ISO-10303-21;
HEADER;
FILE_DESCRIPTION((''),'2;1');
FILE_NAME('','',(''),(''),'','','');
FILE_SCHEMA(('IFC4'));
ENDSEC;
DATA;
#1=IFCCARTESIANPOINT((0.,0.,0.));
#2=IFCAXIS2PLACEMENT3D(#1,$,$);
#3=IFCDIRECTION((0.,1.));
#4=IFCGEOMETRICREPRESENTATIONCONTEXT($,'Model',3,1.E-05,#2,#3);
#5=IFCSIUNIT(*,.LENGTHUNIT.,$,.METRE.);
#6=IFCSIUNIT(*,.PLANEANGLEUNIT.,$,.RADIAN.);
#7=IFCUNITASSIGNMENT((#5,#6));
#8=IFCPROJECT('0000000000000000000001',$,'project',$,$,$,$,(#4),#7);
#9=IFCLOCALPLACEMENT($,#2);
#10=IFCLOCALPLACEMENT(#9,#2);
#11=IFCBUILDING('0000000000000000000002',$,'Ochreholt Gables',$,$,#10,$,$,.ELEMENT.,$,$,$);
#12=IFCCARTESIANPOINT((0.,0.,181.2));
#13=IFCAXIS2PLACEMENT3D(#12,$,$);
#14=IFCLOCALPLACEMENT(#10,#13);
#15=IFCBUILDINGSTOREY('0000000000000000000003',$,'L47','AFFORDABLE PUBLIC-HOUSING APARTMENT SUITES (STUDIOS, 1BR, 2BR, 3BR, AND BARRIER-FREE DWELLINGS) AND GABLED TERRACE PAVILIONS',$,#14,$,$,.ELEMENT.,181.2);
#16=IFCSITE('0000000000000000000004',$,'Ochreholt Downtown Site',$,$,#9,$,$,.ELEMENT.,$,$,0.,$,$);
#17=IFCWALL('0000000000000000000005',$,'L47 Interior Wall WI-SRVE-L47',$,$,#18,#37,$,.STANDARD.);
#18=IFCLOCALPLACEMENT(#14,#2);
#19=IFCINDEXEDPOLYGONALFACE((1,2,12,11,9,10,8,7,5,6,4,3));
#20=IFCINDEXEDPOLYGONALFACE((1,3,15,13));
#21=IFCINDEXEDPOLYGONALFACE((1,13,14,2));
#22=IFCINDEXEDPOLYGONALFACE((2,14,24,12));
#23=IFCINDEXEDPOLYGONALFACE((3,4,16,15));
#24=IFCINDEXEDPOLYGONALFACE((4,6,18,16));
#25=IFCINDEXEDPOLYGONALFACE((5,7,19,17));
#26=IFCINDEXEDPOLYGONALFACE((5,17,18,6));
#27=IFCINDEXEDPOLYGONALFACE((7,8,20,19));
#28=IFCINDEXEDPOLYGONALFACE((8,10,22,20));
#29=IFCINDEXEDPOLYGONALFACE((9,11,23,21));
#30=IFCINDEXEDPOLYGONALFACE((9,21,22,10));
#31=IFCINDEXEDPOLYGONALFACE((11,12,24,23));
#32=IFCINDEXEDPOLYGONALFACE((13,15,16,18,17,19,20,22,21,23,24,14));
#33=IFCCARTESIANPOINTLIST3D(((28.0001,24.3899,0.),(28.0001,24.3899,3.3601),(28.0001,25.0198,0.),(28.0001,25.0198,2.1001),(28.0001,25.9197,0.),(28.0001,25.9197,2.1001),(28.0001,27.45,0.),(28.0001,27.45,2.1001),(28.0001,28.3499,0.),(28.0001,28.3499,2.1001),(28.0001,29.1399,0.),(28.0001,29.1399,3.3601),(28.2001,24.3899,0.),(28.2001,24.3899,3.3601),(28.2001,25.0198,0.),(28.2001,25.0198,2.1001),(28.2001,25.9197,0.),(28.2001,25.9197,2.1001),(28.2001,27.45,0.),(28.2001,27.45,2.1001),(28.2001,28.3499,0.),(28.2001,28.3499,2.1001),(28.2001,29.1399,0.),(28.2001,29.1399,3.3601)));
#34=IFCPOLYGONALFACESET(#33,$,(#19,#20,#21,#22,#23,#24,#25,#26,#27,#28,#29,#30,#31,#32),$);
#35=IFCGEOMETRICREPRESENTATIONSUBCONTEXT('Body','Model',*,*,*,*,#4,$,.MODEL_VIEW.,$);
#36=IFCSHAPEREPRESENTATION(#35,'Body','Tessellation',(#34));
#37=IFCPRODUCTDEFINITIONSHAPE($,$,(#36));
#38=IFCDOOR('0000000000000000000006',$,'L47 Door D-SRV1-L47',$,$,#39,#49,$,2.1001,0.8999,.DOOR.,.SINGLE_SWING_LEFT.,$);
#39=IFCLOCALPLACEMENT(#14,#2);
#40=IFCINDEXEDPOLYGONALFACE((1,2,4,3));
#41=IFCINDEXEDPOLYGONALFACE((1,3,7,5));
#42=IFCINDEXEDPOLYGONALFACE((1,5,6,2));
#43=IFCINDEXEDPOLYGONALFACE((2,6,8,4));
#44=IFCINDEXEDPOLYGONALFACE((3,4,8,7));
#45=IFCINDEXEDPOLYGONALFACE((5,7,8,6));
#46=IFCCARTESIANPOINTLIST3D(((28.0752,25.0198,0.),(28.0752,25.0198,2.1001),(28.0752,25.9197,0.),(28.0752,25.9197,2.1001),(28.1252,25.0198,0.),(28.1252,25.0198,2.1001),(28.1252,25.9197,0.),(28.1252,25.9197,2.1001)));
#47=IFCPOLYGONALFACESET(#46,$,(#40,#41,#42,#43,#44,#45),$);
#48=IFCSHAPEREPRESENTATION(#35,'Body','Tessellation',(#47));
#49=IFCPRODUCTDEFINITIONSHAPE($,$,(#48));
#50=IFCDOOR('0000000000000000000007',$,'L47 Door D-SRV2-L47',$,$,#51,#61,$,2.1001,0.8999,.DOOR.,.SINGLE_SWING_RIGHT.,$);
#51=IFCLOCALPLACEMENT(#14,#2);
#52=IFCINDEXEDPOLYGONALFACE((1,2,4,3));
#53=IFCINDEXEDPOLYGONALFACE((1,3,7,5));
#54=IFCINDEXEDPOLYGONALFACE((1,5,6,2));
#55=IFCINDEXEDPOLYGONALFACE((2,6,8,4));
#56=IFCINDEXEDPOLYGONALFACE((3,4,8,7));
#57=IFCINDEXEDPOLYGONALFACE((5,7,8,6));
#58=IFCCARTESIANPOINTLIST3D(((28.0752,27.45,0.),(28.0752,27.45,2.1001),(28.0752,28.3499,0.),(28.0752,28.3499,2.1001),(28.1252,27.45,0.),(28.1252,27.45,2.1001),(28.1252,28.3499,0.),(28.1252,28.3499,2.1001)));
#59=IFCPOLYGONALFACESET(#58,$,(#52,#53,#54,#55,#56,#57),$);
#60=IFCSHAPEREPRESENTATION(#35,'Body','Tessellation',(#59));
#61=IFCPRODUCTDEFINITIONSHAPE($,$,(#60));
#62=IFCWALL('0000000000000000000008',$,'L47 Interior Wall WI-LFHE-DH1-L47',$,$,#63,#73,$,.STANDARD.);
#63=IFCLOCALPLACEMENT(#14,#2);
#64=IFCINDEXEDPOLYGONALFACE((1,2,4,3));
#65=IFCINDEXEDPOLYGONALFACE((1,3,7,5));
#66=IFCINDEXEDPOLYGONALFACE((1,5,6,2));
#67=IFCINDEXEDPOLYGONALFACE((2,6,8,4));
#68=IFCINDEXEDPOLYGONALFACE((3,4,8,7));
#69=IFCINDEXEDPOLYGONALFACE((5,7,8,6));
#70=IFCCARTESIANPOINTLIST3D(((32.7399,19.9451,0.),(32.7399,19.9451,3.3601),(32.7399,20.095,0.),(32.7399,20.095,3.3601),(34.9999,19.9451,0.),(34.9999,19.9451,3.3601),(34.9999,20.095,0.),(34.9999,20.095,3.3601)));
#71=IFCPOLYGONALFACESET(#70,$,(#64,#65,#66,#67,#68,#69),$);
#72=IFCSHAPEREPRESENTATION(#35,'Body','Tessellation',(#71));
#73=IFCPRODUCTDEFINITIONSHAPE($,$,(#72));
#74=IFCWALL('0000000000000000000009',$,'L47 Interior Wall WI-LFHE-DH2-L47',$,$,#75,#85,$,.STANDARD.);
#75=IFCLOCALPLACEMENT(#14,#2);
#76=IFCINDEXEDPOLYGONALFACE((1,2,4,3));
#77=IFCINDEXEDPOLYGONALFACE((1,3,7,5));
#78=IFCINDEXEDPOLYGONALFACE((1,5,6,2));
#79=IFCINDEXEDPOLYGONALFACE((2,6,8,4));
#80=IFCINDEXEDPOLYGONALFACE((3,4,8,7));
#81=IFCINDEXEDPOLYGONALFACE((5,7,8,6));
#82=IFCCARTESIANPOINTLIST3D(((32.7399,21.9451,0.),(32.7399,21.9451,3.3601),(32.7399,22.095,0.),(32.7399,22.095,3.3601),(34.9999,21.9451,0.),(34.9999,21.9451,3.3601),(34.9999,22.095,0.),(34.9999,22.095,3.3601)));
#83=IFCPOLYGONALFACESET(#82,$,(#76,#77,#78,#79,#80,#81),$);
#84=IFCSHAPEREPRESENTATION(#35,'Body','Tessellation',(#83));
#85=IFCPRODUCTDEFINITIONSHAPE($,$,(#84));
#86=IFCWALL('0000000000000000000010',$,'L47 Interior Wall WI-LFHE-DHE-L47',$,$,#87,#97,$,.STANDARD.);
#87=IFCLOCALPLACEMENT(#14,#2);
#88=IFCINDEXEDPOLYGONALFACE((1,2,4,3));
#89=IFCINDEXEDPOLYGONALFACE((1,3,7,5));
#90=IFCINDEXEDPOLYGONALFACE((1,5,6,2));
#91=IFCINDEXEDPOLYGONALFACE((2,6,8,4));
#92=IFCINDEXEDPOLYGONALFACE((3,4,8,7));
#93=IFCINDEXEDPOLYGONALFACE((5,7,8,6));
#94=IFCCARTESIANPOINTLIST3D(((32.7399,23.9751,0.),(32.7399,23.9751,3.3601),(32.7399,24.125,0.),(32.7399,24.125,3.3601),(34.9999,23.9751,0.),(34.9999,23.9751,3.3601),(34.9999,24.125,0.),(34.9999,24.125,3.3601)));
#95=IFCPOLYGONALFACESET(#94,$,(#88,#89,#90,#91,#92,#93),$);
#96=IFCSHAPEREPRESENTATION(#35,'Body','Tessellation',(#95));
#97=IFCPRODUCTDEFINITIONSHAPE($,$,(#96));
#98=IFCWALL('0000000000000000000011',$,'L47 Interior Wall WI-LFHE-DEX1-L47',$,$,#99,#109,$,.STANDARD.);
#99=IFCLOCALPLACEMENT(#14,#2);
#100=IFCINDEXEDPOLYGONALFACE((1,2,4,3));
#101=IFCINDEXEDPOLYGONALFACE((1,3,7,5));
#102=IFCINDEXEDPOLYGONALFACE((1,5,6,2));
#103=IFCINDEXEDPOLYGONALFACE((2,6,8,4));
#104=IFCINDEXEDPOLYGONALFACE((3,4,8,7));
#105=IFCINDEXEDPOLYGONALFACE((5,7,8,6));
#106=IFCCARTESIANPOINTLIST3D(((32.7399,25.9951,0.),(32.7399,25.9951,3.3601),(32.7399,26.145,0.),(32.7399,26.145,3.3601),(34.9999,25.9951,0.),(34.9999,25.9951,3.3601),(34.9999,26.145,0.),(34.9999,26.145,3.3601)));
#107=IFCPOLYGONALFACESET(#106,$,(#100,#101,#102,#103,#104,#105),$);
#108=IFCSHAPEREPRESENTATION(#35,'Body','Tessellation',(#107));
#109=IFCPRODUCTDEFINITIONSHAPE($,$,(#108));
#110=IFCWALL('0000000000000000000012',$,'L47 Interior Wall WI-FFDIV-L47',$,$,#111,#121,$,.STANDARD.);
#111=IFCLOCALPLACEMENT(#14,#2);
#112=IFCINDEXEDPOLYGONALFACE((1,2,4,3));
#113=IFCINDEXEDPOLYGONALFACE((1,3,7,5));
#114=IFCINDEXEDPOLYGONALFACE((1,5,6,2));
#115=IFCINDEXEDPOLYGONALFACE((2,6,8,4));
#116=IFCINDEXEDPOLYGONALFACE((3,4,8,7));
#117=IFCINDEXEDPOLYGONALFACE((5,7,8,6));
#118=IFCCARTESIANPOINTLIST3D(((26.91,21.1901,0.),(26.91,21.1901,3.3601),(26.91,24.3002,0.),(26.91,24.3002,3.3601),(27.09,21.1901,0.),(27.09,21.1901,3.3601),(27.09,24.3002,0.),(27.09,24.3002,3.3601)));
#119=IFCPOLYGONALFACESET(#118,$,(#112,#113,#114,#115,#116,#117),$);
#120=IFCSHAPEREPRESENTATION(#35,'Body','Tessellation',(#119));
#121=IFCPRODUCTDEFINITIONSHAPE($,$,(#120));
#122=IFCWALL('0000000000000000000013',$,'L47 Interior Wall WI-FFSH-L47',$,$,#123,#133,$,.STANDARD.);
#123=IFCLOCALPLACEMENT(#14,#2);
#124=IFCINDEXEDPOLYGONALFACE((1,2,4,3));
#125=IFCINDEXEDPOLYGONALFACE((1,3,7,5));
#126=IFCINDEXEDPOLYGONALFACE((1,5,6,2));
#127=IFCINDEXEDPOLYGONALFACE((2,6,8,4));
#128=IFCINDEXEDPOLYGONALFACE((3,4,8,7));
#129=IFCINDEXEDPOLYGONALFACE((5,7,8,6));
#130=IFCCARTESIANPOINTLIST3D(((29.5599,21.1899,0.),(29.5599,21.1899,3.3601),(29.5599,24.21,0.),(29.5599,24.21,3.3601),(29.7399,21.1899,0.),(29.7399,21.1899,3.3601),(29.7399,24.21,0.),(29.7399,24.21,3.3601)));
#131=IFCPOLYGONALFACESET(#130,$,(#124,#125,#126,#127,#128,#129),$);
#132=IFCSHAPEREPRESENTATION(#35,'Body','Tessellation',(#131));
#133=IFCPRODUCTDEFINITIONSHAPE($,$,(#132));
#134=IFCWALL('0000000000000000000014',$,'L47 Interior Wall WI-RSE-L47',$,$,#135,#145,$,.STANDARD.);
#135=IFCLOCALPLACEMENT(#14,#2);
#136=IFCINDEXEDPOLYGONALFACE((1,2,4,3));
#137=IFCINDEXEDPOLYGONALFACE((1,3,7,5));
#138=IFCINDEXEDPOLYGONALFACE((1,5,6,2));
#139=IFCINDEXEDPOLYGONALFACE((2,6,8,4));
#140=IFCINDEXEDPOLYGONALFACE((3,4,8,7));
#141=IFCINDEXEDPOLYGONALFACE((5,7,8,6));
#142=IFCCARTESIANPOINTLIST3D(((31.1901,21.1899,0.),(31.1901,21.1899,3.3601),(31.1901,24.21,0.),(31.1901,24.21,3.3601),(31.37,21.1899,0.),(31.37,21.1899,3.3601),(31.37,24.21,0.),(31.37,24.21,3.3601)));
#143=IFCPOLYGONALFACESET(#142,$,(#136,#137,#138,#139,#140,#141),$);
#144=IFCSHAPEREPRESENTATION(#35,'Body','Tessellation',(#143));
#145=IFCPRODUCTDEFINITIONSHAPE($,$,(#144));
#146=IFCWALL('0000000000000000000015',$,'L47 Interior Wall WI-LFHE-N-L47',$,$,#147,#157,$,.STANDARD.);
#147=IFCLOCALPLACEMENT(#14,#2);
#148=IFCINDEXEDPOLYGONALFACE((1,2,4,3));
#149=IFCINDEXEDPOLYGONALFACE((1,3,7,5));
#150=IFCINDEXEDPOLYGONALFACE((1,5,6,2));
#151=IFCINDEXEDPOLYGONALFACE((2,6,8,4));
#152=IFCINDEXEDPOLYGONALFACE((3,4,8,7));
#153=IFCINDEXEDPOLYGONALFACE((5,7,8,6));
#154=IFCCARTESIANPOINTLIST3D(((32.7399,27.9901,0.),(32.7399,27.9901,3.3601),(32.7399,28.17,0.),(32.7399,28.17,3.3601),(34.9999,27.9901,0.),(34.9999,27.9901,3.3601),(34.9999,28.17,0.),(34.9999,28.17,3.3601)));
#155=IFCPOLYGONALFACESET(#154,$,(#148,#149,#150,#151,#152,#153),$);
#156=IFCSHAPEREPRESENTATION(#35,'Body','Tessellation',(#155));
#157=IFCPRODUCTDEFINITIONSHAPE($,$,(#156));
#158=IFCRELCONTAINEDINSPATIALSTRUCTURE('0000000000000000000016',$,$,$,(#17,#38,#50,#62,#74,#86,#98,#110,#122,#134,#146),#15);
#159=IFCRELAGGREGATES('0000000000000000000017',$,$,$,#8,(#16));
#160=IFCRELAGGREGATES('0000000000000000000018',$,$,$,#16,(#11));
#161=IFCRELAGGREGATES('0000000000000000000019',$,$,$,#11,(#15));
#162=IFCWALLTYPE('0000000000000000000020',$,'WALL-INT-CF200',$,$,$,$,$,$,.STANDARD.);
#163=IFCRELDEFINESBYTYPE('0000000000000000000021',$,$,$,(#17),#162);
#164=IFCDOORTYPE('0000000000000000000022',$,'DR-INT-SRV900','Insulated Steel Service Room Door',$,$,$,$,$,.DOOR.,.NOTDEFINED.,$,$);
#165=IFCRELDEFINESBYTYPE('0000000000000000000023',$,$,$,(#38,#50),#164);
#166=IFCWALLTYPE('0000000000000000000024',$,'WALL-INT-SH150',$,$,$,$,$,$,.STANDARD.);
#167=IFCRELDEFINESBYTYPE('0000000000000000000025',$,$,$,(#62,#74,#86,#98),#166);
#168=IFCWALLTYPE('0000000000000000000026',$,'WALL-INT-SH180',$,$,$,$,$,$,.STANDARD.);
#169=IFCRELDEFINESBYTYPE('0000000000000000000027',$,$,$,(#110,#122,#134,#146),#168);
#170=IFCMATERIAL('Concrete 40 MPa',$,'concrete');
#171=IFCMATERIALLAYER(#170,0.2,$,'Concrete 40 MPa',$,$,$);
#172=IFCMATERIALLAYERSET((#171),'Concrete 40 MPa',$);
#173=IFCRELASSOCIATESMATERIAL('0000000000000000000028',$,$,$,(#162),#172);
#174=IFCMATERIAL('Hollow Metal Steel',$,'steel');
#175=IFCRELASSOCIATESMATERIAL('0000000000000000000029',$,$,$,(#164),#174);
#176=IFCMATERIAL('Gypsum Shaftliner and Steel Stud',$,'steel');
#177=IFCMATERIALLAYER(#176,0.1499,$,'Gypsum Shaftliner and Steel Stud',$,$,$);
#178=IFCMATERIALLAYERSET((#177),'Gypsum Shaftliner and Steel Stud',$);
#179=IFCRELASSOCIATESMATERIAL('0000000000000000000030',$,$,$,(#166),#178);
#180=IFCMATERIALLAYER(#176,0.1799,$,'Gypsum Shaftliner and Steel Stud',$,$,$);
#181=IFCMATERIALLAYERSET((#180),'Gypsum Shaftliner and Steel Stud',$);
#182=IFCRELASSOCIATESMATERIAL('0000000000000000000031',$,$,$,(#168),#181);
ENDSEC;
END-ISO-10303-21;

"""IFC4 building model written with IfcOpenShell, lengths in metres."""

from ifc_helpers import new_model, si_unit, direction, frame, frame_2d, origin, place, context, subcontext, project, spatial, rectangle, extrude, material, layer, layer_set, type_object, element, fill, save


model = new_model("IFC4")

# Units and contexts
model_context = context("Model", 3, precision=1e-05, world=origin(), true_north=direction((0.0, 1.0)))
body_context = subcontext(model_context, "Body", "Model", "MODEL_VIEW")
ifc_project = project(units=[si_unit("LENGTHUNIT", "METRE"), si_unit("PLANEANGLEUNIT", "RADIAN")], contexts=[model_context])

# Site, building, storey
site_placement = place(None, origin())
site = spatial("IfcSite", under=ifc_project, at=site_placement, Name="Ochreholt Downtown Site", CompositionType="ELEMENT", RefElevation=0.0)
building_placement = place(site_placement, origin())
building = spatial("IfcBuilding", under=site, at=building_placement, Name="Ochreholt Gables", CompositionType="ELEMENT")
storey_placement = place(building_placement, frame((0.0, 0.0, 181.2)))
storey = spatial("IfcBuildingStorey", under=building, at=storey_placement, Name="L47", Description="AFFORDABLE PUBLIC-HOUSING APARTMENT SUITES (STUDIOS, 1BR, 2BR, 3BR, AND BARRIER-FREE DWELLINGS) AND GABLED TERRACE PAVILIONS", CompositionType="ELEMENT", Elevation=181.2)

# Wall, openings, doors
ifc_material_1 = material(Name="Concrete 40 MPa", Category="concrete")
ifc_layer_1 = layer(ifc_material_1, 0.2, Name="Concrete 40 MPa")
ifc_layer_set_1 = layer_set([ifc_layer_1], Name="Concrete 40 MPa")
wall_type_1 = type_object("IfcWallType", Name="WALL-INT-CF200", PredefinedType="STANDARD", material=ifc_layer_set_1)
wall_1_placement = place(storey_placement, frame((28.1001, 24.3899, 0.0), z_axis=(0.0, 0.0, 1.0), x_axis=(0.0, 1.0, 0.0)))
wall_1 = element("IfcWall", 1, at=wall_1_placement, inside=storey, type_object=wall_type_1, Name="L47 Interior Wall WI-SRVE-L47", PredefinedType="STANDARD", context=body_context, shape_type="SweptSolid", body=[
    extrude(rectangle(XDim=4.75, YDim=0.2, at=frame_2d((2.375, 0.0))), origin(), (0.0, 0.0, 1.0), 3.3601),
])
opening_1_placement = place(wall_1_placement, frame((0.6299, 0.0, 0.0)))
opening_1 = element("IfcOpeningElement", 2, at=opening_1_placement, cuts=wall_1, PredefinedType="OPENING", context=body_context, shape_type="SweptSolid", body=[
    extrude(rectangle(XDim=0.8999, YDim=2.1001, at=frame_2d((0.45, 1.05))), frame((0.0, 0.1099, 0.0), z_axis=(0.0, -1.0, 0.0), x_axis=(1.0, 0.0, 0.0)), (0.0, 0.0, 1.0), 0.22),
])
opening_2_placement = place(wall_1_placement, frame((3.0601, 0.0, 0.0)))
opening_2 = element("IfcOpeningElement", 3, at=opening_2_placement, cuts=wall_1, PredefinedType="OPENING", context=body_context, shape_type="SweptSolid", body=[
    extrude(rectangle(XDim=0.8999, YDim=2.1001, at=frame_2d((0.45, 1.05))), frame((0.0, 0.1099, 0.0), z_axis=(0.0, -1.0, 0.0), x_axis=(1.0, 0.0, 0.0)), (0.0, 0.0, 1.0), 0.22),
])
ifc_material_2 = material(Name="Hollow Metal Steel", Category="steel")
door_type_1 = type_object("IfcDoorType", Name="DR-INT-SRV900", Description="Insulated Steel Service Room Door", OperationType="NOTDEFINED", PredefinedType="DOOR", material=ifc_material_2)
door_1_placement = place(opening_1_placement, origin())
door_1 = element("IfcDoor", 4, at=door_1_placement, inside=storey, type_object=door_type_1, Name="L47 Door D-SRV1-L47", OperationType="SINGLE_SWING_LEFT", OverallHeight=2.1001, OverallWidth=0.8999, PredefinedType="DOOR", context=body_context, shape_type="SweptSolid", body=[
    extrude(rectangle(XDim=0.8999, YDim=2.1001, at=frame_2d((0.45, 1.05))), frame((0.0, 0.0249, 0.0), z_axis=(0.0, -1.0, 0.0), x_axis=(1.0, 0.0, 0.0)), (0.0, 0.0, 1.0), 0.05),
])
fill(opening_1, door_1)
door_2_placement = place(opening_2_placement, origin())
door_2 = element("IfcDoor", 5, at=door_2_placement, inside=storey, type_object=door_type_1, Name="L47 Door D-SRV2-L47", OperationType="SINGLE_SWING_RIGHT", OverallHeight=2.1001, OverallWidth=0.8999, PredefinedType="DOOR", context=body_context, shape_type="SweptSolid", body=[
    extrude(rectangle(XDim=0.8999, YDim=2.1001, at=frame_2d((0.45, 1.05))), frame((0.0, 0.0249, 0.0), z_axis=(0.0, -1.0, 0.0), x_axis=(1.0, 0.0, 0.0)), (0.0, 0.0, 1.0), 0.05),
])
fill(opening_2, door_2)

# Walls
ifc_material_3 = material(Name="Gypsum Shaftliner and Steel Stud", Category="steel")
ifc_layer_2 = layer(ifc_material_3, 0.1499, Name="Gypsum Shaftliner and Steel Stud")
ifc_layer_set_2 = layer_set([ifc_layer_2], Name="Gypsum Shaftliner and Steel Stud")
wall_type_2 = type_object("IfcWallType", Name="WALL-INT-SH150", PredefinedType="STANDARD", material=ifc_layer_set_2)
for number, where, z_axis, x_axis, name in (
    (6, (32.74, 20.02, 0.0), (0.0, 0.0, 1.0), (1.0, 0.0, 0.0), "L47 Interior Wall WI-LFHE-DH1-L47"),
    (7, (32.74, 22.02, 0.0), (0.0, 0.0, 1.0), (1.0, 0.0, 0.0), "L47 Interior Wall WI-LFHE-DH2-L47"),
    (8, (32.74, 24.05, 0.0), (0.0, 0.0, 1.0), (1.0, 0.0, 0.0), "L47 Interior Wall WI-LFHE-DHE-L47"),
    (9, (32.74, 26.0701, 0.0), (0.0, 0.0, 1.0), (1.0, 0.0, 0.0), "L47 Interior Wall WI-LFHE-DEX1-L47"),
):
    element("IfcWall", number, at=place(storey_placement, frame(where, z_axis=z_axis, x_axis=x_axis)), inside=storey, type_object=wall_type_2, Name=name, PredefinedType="STANDARD", context=body_context, shape_type="SweptSolid", body=[
        extrude(rectangle(XDim=2.26, YDim=0.1499, at=frame_2d((1.1299, 0.0))), origin(), (0.0, 0.0, 1.0), 3.3601),
    ])
ifc_layer_3 = layer(ifc_material_3, 0.1799, Name="Gypsum Shaftliner and Steel Stud")
ifc_layer_set_3 = layer_set([ifc_layer_3], Name="Gypsum Shaftliner and Steel Stud")
wall_type_3 = type_object("IfcWallType", Name="WALL-INT-SH180", PredefinedType="STANDARD", material=ifc_layer_set_3)
wall_2_placement = place(storey_placement, frame((27.0, 21.1899, 0.0), z_axis=(0.0, 0.0, 1.0), x_axis=(0.0, 1.0, 0.0)))
element("IfcWall", 10, at=wall_2_placement, inside=storey, type_object=wall_type_3, Name="L47 Interior Wall WI-FFDIV-L47", PredefinedType="STANDARD", context=body_context, shape_type="SweptSolid", body=[
    extrude(rectangle(XDim=3.1101, YDim=0.1799, at=frame_2d((1.5552, 0.0))), origin(), (0.0, 0.0, 1.0), 3.3601),
])
for number, where, z_axis, x_axis, name in (
    (11, (29.6499, 21.1899, 0.0), (0.0, 0.0, 1.0), (0.0, 1.0, 0.0), "L47 Interior Wall WI-FFSH-L47"),
    (12, (31.28, 21.1899, 0.0), (0.0, 0.0, 1.0), (0.0, 1.0, 0.0), "L47 Interior Wall WI-RSE-L47"),
):
    element("IfcWall", number, at=place(storey_placement, frame(where, z_axis=z_axis, x_axis=x_axis)), inside=storey, type_object=wall_type_3, Name=name, PredefinedType="STANDARD", context=body_context, shape_type="SweptSolid", body=[
        extrude(rectangle(XDim=3.02, YDim=0.1799, at=frame_2d((1.51, 0.0))), origin(), (0.0, 0.0, 1.0), 3.3601),
    ])
wall_3_placement = place(storey_placement, frame((32.74, 28.0801, 0.0), z_axis=(0.0, 0.0, 1.0), x_axis=(1.0, 0.0, 0.0)))
element("IfcWall", 13, at=wall_3_placement, inside=storey, type_object=wall_type_3, Name="L47 Interior Wall WI-LFHE-N-L47", PredefinedType="STANDARD", context=body_context, shape_type="SweptSolid", body=[
    extrude(rectangle(XDim=2.26, YDim=0.1799, at=frame_2d((1.1299, 0.0))), origin(), (0.0, 0.0, 1.0), 3.3601),
])

save(model, "model.ifc")
